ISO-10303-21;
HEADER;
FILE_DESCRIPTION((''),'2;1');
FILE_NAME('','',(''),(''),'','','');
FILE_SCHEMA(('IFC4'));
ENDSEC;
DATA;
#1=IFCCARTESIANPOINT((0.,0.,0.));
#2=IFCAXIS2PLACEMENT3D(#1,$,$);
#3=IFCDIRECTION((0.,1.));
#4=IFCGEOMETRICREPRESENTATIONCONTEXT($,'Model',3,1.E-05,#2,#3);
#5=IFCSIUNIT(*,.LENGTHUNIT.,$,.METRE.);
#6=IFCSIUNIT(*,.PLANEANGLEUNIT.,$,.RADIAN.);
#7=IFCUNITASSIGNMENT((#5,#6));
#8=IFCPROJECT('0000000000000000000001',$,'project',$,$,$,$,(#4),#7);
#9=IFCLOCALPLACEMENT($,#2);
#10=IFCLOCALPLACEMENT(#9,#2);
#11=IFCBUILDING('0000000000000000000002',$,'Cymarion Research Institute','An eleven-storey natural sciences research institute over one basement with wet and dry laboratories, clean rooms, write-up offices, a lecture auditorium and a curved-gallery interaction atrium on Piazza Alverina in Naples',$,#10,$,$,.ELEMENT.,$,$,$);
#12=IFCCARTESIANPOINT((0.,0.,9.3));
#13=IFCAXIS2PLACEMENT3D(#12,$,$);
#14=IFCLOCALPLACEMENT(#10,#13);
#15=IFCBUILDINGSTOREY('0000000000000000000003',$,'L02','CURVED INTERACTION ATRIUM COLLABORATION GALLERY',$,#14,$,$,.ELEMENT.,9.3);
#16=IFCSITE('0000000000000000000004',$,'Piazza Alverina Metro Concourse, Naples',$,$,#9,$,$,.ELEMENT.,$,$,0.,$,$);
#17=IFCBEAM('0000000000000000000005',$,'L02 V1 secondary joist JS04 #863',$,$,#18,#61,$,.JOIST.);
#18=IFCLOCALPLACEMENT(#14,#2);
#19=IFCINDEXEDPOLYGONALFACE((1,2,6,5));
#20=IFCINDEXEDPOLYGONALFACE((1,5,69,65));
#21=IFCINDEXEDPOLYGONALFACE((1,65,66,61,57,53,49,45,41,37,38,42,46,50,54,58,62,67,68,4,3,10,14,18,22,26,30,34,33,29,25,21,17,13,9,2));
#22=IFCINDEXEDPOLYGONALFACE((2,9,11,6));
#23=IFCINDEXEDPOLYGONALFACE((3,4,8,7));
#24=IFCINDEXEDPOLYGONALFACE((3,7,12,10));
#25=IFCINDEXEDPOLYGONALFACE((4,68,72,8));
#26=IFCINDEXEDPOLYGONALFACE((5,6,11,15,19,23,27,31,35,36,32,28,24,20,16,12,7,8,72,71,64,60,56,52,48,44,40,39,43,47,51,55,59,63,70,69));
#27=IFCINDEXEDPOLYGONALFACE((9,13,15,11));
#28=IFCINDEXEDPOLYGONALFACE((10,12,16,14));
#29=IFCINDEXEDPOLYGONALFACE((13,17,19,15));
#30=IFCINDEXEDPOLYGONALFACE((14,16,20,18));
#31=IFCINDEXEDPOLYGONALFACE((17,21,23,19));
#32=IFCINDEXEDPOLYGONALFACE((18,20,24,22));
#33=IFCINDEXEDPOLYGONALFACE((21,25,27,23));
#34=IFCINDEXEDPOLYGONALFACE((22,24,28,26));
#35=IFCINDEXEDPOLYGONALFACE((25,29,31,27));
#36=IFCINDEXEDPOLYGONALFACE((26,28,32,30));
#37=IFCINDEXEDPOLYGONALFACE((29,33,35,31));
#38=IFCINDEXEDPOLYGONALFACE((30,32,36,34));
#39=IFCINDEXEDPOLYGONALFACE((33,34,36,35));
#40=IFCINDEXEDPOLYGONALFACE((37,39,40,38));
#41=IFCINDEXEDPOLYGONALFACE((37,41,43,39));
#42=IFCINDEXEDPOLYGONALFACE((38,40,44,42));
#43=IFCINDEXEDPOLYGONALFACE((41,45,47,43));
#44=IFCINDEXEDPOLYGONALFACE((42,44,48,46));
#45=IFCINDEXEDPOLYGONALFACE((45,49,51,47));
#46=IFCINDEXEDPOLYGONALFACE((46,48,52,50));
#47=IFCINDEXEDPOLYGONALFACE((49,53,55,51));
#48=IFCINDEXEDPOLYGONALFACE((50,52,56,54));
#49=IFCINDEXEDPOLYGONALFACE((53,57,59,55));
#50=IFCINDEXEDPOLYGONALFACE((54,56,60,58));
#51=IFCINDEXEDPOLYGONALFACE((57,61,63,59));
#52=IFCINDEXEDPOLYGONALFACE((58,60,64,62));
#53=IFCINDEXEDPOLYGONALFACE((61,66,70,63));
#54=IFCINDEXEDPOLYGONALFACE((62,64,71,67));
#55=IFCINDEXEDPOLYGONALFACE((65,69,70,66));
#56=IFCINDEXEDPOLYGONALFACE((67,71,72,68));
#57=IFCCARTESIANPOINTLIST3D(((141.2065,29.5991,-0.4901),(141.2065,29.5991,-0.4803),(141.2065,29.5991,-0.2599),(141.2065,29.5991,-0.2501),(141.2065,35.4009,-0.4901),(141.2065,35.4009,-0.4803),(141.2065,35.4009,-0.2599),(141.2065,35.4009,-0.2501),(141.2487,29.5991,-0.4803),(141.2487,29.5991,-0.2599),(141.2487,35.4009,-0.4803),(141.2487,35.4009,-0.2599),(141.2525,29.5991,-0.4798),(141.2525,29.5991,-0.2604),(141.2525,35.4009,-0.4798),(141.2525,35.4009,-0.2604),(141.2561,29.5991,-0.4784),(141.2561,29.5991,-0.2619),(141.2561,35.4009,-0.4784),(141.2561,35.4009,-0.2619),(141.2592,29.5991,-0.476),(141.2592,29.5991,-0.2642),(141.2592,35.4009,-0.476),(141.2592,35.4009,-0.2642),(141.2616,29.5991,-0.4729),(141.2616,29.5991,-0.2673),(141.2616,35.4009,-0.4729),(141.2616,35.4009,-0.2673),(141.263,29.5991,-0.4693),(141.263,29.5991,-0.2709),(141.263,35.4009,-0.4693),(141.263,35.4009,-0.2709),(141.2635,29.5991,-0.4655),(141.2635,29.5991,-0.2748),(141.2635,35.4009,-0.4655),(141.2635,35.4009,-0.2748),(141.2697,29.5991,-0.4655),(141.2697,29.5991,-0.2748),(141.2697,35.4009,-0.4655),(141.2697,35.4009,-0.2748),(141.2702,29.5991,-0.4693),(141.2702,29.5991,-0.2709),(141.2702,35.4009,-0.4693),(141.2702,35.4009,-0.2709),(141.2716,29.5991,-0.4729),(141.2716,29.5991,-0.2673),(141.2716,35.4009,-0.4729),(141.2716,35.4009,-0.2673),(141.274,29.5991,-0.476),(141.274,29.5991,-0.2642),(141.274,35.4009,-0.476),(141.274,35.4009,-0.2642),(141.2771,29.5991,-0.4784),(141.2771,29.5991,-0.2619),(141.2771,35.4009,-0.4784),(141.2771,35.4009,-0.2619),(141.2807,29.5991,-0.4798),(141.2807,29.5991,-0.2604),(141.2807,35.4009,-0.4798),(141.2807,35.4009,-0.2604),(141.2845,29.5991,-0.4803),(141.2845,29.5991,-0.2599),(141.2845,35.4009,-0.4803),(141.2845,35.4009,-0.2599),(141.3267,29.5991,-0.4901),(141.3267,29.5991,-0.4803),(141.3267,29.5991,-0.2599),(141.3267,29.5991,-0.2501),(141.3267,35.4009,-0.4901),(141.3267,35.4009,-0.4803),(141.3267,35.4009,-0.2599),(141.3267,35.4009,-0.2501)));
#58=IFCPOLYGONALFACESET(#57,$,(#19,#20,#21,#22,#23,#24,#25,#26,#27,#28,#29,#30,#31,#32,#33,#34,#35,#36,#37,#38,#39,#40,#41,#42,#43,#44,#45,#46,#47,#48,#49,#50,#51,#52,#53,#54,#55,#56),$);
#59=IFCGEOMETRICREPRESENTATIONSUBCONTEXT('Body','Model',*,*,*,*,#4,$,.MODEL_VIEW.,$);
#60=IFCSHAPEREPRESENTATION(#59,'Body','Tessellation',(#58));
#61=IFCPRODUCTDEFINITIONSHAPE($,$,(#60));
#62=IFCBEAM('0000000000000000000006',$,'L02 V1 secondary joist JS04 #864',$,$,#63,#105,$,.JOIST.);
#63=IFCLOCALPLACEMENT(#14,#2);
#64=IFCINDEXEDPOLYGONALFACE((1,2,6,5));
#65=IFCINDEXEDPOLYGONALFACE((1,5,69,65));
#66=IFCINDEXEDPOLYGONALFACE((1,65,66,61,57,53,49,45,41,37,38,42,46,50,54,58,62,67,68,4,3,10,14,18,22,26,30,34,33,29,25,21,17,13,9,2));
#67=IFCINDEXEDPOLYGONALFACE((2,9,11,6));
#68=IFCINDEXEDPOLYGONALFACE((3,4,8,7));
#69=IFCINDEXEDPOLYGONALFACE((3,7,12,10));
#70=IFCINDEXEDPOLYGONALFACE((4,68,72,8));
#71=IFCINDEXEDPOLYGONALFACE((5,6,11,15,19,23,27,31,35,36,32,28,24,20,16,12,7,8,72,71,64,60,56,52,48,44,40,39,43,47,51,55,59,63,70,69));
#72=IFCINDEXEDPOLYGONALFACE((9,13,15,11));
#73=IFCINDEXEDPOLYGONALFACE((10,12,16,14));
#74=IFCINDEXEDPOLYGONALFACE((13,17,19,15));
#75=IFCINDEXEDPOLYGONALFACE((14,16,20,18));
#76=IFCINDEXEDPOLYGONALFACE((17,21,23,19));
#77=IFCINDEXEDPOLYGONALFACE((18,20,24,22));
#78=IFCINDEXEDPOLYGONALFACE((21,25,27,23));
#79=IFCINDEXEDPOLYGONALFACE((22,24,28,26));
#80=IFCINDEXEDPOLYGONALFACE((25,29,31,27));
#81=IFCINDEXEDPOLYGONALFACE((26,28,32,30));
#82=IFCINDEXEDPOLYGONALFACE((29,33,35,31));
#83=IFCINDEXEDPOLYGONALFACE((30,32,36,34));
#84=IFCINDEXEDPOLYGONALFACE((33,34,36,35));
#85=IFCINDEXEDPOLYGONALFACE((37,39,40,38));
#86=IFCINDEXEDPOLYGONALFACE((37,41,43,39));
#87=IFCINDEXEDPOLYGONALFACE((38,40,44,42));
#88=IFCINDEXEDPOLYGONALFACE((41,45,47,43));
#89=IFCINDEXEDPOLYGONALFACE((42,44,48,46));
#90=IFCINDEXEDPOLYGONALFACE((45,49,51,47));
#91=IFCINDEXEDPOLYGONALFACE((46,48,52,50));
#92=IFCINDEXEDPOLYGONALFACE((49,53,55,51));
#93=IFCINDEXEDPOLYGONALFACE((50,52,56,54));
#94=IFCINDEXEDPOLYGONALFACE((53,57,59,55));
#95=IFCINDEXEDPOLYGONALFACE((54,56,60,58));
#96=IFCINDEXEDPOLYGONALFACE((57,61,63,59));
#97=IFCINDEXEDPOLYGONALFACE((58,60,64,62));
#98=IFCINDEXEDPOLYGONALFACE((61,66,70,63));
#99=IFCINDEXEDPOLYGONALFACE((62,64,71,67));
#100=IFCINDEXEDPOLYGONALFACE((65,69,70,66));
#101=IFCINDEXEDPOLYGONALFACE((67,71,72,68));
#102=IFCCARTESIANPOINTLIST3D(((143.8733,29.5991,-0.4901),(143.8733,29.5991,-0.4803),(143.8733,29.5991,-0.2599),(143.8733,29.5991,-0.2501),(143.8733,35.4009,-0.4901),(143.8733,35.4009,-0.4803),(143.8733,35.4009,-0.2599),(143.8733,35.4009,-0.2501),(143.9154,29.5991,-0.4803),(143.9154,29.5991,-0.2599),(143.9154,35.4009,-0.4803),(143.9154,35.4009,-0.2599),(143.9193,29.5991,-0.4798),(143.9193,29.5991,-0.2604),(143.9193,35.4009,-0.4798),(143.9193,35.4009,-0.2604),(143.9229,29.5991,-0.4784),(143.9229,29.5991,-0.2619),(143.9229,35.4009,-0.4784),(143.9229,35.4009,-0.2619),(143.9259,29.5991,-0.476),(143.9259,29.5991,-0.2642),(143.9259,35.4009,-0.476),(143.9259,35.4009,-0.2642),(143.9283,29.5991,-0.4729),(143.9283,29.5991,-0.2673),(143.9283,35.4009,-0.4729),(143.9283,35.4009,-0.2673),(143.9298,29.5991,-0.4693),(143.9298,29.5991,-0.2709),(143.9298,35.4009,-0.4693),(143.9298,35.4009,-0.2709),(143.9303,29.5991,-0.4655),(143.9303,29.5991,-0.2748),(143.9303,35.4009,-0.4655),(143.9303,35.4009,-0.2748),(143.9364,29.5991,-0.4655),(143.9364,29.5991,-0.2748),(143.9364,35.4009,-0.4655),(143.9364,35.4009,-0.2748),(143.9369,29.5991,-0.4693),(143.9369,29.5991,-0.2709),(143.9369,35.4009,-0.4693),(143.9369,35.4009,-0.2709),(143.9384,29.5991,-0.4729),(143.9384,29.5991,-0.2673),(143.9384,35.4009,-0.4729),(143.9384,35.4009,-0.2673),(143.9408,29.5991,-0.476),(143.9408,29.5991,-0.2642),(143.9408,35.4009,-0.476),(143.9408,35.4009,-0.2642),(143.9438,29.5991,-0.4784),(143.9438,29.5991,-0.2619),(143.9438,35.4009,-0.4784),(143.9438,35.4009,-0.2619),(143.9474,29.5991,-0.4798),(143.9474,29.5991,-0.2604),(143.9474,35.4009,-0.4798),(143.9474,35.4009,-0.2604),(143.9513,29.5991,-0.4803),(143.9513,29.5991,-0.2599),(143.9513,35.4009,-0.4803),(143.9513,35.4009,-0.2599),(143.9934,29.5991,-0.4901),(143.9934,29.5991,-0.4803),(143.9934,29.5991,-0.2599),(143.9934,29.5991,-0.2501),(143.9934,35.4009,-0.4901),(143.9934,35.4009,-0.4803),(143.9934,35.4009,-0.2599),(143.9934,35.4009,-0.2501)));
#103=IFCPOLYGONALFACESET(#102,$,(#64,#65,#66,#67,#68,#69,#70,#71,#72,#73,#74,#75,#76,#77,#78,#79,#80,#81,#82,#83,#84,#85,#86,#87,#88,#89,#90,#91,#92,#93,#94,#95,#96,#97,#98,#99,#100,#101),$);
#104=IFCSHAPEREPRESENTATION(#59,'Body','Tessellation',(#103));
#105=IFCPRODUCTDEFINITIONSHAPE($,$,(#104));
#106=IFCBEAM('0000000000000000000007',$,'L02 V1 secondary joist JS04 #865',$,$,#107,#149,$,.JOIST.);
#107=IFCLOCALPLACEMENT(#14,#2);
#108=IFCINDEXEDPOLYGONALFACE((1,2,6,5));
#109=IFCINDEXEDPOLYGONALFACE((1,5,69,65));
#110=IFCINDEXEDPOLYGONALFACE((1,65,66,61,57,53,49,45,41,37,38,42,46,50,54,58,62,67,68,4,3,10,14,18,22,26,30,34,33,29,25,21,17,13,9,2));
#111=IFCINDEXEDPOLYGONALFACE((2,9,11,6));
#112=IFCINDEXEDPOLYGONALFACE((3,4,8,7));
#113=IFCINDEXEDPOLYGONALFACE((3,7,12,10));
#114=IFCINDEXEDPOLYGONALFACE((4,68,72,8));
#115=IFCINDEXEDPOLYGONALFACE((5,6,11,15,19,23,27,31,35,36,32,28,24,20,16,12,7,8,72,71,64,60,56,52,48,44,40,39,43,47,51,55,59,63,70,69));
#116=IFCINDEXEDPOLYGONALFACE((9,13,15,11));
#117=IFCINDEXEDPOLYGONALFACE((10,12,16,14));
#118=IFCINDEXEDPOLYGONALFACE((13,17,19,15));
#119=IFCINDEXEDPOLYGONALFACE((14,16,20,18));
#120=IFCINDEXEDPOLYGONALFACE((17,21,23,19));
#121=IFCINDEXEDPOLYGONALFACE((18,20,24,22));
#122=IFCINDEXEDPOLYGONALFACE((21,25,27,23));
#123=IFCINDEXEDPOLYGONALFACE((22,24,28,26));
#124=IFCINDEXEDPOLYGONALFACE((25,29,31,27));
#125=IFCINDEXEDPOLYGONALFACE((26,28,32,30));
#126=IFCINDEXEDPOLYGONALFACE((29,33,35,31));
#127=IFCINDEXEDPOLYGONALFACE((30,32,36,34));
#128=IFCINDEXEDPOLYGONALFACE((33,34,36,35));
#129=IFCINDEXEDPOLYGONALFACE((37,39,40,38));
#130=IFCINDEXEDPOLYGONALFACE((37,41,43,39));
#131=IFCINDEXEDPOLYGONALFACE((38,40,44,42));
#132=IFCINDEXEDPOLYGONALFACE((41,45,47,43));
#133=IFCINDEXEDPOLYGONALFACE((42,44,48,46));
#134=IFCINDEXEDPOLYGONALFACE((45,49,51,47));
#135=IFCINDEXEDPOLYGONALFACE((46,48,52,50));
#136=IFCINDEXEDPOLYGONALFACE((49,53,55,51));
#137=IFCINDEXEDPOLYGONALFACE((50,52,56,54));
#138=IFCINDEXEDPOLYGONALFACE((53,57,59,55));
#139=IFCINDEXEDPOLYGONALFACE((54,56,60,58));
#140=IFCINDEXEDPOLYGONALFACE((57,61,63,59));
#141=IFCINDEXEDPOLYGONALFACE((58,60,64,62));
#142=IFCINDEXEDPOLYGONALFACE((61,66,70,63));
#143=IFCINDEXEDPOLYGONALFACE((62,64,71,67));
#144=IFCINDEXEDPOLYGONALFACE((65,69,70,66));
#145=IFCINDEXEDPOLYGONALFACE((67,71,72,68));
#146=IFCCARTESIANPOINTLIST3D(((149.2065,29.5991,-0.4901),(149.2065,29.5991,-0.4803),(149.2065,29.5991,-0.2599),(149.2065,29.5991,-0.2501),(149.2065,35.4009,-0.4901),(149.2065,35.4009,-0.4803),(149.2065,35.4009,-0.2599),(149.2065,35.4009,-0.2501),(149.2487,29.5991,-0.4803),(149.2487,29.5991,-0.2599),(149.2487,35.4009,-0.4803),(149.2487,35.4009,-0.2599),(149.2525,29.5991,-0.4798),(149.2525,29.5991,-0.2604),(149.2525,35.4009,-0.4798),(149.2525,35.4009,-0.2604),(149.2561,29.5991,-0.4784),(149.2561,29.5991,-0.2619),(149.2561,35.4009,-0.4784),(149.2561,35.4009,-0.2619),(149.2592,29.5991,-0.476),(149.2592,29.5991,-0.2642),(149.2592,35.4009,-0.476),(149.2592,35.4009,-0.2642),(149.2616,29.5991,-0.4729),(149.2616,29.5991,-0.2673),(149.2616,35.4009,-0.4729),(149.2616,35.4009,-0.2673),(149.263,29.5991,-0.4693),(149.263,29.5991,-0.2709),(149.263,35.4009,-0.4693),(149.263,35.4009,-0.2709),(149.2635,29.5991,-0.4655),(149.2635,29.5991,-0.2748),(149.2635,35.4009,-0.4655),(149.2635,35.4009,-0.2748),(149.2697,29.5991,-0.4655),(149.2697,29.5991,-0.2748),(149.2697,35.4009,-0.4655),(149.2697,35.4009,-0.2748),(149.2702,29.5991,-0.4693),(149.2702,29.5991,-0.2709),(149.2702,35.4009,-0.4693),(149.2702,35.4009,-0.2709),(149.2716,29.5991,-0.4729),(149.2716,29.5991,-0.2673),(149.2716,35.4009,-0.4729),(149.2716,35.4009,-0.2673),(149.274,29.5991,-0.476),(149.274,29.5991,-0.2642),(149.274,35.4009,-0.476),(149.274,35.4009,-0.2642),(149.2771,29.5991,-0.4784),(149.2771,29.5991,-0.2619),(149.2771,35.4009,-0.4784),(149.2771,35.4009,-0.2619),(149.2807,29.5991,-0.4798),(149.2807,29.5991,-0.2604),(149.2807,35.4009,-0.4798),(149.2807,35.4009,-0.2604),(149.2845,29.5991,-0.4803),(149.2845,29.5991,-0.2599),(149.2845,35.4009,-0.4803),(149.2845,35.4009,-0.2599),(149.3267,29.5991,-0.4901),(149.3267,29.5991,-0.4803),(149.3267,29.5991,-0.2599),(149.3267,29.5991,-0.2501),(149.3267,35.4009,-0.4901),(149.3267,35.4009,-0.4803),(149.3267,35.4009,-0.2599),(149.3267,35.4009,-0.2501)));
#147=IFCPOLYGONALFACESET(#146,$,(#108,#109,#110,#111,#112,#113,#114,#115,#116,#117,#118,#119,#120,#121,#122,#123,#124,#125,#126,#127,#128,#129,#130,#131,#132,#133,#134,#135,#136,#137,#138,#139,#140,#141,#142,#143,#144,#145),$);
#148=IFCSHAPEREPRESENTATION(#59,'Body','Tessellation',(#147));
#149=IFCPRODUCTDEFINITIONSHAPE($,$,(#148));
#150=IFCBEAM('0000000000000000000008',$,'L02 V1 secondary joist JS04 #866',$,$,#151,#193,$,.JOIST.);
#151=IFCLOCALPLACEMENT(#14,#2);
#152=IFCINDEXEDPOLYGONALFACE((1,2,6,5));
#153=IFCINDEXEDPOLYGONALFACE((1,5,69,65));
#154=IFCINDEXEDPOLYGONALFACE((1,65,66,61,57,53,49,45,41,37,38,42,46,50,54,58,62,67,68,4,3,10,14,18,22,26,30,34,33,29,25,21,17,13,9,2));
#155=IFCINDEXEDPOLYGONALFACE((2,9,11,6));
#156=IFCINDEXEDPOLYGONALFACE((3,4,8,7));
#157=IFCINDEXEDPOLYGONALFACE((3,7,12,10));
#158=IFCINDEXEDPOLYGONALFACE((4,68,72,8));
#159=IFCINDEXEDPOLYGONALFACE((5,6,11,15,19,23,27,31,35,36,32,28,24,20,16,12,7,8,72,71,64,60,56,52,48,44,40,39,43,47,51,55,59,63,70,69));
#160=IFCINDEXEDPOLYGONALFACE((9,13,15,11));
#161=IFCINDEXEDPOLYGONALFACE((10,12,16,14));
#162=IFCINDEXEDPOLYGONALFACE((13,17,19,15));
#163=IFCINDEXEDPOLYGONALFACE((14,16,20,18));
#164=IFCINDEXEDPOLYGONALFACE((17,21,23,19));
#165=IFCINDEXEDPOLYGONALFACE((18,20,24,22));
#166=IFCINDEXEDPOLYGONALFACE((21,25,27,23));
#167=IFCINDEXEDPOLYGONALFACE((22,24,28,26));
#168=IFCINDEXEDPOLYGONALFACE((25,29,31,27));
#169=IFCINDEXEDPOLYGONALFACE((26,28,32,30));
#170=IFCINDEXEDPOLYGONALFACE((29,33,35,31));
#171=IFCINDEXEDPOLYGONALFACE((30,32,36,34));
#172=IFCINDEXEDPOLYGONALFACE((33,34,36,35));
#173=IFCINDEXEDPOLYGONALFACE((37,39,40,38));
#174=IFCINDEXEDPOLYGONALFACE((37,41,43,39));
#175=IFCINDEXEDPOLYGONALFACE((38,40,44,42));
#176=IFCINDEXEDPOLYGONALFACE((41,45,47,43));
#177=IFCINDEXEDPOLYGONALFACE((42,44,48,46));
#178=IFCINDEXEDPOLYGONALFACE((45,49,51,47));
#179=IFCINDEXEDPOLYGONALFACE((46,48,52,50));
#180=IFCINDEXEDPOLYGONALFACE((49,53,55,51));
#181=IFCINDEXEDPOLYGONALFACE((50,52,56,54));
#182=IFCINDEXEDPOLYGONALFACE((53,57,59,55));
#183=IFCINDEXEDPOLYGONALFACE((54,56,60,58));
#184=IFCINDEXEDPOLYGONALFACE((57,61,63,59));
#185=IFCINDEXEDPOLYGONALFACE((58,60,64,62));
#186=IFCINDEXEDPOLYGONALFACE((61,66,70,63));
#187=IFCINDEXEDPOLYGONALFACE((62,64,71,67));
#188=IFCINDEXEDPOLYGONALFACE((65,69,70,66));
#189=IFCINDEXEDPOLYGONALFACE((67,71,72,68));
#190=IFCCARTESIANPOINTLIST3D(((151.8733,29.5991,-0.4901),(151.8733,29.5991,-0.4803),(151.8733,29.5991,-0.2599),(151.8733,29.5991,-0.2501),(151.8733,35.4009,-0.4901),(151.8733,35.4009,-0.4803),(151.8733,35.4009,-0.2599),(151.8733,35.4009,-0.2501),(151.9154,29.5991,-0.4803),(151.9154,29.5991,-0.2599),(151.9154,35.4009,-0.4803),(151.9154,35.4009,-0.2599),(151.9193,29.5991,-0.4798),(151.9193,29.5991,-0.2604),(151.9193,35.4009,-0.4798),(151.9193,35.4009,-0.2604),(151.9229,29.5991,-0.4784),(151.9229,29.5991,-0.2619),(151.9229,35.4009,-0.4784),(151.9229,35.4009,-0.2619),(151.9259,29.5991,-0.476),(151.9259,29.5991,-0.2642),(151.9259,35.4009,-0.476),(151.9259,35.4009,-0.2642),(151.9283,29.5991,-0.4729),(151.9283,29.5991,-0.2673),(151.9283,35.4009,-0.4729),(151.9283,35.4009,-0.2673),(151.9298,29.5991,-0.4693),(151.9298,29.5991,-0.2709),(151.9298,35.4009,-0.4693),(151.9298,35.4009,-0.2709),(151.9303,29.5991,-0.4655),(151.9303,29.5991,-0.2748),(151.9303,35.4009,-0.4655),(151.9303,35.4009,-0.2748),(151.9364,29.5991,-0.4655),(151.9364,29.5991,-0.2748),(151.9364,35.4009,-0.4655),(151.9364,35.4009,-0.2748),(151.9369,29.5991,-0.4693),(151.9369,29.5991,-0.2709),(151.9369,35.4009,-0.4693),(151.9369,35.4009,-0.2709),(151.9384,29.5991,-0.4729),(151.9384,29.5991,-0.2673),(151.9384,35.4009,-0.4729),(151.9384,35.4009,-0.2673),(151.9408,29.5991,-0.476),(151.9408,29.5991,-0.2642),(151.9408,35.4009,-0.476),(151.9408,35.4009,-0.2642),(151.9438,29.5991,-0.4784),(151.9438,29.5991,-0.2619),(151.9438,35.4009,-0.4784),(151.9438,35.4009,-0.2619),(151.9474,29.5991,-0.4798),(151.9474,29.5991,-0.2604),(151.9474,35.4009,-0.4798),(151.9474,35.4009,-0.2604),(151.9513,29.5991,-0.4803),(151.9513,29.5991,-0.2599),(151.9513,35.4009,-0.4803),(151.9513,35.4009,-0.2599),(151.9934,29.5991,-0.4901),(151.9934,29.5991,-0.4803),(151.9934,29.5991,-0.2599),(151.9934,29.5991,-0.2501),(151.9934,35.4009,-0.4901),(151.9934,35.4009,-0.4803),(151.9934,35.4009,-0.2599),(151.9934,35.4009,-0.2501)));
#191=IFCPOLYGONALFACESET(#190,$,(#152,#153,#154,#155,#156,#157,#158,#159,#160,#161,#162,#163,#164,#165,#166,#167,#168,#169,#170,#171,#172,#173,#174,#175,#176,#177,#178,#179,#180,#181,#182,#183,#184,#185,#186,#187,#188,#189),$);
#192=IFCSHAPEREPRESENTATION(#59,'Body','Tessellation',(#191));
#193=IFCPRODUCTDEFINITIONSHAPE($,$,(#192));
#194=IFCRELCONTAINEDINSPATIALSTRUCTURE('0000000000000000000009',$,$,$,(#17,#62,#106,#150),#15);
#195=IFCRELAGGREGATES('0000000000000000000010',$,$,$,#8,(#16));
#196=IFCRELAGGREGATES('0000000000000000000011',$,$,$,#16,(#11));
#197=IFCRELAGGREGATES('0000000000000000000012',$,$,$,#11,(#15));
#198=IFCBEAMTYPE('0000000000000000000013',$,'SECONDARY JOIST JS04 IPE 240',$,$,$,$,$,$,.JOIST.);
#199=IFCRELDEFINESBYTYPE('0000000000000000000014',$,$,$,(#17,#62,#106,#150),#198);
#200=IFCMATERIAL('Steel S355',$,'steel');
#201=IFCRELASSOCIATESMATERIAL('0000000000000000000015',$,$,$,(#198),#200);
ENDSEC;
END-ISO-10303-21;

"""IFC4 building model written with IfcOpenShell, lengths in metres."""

from ifc_helpers import new_model, si_unit, direction, frame, origin, origin_2d, place, context, subcontext, project, spatial, i_section, extrude, material, material_profile, profile_set, type_object, element, save


model = new_model("IFC4")

# Units and contexts
model_context = context("Model", 3, precision=1e-05, world=origin(), true_north=direction((0.0, 1.0)))
body_context = subcontext(model_context, "Body", "Model", "MODEL_VIEW")
ifc_project = project(units=[si_unit("LENGTHUNIT", "METRE"), si_unit("PLANEANGLEUNIT", "RADIAN")], contexts=[model_context])

# Site, building, storey
site_placement = place(None, origin())
site = spatial("IfcSite", under=ifc_project, at=site_placement, Name="Piazza Alverina Metro Concourse, Naples", CompositionType="ELEMENT", RefElevation=0.0)
building_placement = place(site_placement, origin())
building = spatial("IfcBuilding", under=site, at=building_placement, Name="Cymarion Research Institute", Description="An eleven-storey natural sciences research institute over one basement with wet and dry laboratories, clean rooms, write-up offices, a lecture auditorium and a curved-gallery interaction atrium on Piazza Alverina in Naples", CompositionType="ELEMENT")
storey_placement = place(building_placement, frame((0.0, 0.0, 9.3)))
storey = spatial("IfcBuildingStorey", under=building, at=storey_placement, Name="L02", Description="CURVED INTERACTION ATRIUM COLLABORATION GALLERY", CompositionType="ELEMENT", Elevation=9.3)

# Shared definitions
ifc_material_1 = material(Name="Steel S355", Category="steel")

# Beams
ifc_material_profile_1 = material_profile(ifc_material_1, i_section(OverallWidth=0.1201, OverallDepth=0.24, WebThickness=0.0061, FlangeThickness=0.0098, FilletRadius=0.0149, at=origin_2d()), Name="IPE 240")
ifc_profile_set_1 = profile_set([ifc_material_profile_1], Name="Steel S355")
beam_type_1 = type_object("IfcBeamType", Name="SECONDARY JOIST JS04 IPE 240", PredefinedType="JOIST", material=ifc_profile_set_1)
for number, where, z_axis, x_axis, name in (
    (1, (141.2666, 29.5991, -0.3701), (0.0, 1.0, 0.0), (-1.0, 0.0, 0.0), "L02 V1 secondary joist JS04 #863"),
    (2, (143.9333, 29.5991, -0.3701), (0.0, 1.0, 0.0), (-1.0, 0.0, 0.0), "L02 V1 secondary joist JS04 #864"),
    (3, (149.2666, 29.5991, -0.3701), (0.0, 1.0, 0.0), (-1.0, 0.0, 0.0), "L02 V1 secondary joist JS04 #865"),
    (4, (151.9333, 29.5991, -0.3701), (0.0, 1.0, 0.0), (-1.0, 0.0, 0.0), "L02 V1 secondary joist JS04 #866"),
):
    element("IfcBeam", number, at=place(storey_placement, frame(where, z_axis=z_axis, x_axis=x_axis)), inside=storey, type_object=beam_type_1, Name=name, PredefinedType="JOIST", context=body_context, shape_type="SweptSolid", body=[
        extrude(i_section(OverallWidth=0.1201, OverallDepth=0.24, WebThickness=0.0061, FlangeThickness=0.0098, FilletRadius=0.0149, at=origin_2d()), origin(), (0.0, 0.0, 1.0), 5.8018),
    ])

save(model, "model.ifc")
